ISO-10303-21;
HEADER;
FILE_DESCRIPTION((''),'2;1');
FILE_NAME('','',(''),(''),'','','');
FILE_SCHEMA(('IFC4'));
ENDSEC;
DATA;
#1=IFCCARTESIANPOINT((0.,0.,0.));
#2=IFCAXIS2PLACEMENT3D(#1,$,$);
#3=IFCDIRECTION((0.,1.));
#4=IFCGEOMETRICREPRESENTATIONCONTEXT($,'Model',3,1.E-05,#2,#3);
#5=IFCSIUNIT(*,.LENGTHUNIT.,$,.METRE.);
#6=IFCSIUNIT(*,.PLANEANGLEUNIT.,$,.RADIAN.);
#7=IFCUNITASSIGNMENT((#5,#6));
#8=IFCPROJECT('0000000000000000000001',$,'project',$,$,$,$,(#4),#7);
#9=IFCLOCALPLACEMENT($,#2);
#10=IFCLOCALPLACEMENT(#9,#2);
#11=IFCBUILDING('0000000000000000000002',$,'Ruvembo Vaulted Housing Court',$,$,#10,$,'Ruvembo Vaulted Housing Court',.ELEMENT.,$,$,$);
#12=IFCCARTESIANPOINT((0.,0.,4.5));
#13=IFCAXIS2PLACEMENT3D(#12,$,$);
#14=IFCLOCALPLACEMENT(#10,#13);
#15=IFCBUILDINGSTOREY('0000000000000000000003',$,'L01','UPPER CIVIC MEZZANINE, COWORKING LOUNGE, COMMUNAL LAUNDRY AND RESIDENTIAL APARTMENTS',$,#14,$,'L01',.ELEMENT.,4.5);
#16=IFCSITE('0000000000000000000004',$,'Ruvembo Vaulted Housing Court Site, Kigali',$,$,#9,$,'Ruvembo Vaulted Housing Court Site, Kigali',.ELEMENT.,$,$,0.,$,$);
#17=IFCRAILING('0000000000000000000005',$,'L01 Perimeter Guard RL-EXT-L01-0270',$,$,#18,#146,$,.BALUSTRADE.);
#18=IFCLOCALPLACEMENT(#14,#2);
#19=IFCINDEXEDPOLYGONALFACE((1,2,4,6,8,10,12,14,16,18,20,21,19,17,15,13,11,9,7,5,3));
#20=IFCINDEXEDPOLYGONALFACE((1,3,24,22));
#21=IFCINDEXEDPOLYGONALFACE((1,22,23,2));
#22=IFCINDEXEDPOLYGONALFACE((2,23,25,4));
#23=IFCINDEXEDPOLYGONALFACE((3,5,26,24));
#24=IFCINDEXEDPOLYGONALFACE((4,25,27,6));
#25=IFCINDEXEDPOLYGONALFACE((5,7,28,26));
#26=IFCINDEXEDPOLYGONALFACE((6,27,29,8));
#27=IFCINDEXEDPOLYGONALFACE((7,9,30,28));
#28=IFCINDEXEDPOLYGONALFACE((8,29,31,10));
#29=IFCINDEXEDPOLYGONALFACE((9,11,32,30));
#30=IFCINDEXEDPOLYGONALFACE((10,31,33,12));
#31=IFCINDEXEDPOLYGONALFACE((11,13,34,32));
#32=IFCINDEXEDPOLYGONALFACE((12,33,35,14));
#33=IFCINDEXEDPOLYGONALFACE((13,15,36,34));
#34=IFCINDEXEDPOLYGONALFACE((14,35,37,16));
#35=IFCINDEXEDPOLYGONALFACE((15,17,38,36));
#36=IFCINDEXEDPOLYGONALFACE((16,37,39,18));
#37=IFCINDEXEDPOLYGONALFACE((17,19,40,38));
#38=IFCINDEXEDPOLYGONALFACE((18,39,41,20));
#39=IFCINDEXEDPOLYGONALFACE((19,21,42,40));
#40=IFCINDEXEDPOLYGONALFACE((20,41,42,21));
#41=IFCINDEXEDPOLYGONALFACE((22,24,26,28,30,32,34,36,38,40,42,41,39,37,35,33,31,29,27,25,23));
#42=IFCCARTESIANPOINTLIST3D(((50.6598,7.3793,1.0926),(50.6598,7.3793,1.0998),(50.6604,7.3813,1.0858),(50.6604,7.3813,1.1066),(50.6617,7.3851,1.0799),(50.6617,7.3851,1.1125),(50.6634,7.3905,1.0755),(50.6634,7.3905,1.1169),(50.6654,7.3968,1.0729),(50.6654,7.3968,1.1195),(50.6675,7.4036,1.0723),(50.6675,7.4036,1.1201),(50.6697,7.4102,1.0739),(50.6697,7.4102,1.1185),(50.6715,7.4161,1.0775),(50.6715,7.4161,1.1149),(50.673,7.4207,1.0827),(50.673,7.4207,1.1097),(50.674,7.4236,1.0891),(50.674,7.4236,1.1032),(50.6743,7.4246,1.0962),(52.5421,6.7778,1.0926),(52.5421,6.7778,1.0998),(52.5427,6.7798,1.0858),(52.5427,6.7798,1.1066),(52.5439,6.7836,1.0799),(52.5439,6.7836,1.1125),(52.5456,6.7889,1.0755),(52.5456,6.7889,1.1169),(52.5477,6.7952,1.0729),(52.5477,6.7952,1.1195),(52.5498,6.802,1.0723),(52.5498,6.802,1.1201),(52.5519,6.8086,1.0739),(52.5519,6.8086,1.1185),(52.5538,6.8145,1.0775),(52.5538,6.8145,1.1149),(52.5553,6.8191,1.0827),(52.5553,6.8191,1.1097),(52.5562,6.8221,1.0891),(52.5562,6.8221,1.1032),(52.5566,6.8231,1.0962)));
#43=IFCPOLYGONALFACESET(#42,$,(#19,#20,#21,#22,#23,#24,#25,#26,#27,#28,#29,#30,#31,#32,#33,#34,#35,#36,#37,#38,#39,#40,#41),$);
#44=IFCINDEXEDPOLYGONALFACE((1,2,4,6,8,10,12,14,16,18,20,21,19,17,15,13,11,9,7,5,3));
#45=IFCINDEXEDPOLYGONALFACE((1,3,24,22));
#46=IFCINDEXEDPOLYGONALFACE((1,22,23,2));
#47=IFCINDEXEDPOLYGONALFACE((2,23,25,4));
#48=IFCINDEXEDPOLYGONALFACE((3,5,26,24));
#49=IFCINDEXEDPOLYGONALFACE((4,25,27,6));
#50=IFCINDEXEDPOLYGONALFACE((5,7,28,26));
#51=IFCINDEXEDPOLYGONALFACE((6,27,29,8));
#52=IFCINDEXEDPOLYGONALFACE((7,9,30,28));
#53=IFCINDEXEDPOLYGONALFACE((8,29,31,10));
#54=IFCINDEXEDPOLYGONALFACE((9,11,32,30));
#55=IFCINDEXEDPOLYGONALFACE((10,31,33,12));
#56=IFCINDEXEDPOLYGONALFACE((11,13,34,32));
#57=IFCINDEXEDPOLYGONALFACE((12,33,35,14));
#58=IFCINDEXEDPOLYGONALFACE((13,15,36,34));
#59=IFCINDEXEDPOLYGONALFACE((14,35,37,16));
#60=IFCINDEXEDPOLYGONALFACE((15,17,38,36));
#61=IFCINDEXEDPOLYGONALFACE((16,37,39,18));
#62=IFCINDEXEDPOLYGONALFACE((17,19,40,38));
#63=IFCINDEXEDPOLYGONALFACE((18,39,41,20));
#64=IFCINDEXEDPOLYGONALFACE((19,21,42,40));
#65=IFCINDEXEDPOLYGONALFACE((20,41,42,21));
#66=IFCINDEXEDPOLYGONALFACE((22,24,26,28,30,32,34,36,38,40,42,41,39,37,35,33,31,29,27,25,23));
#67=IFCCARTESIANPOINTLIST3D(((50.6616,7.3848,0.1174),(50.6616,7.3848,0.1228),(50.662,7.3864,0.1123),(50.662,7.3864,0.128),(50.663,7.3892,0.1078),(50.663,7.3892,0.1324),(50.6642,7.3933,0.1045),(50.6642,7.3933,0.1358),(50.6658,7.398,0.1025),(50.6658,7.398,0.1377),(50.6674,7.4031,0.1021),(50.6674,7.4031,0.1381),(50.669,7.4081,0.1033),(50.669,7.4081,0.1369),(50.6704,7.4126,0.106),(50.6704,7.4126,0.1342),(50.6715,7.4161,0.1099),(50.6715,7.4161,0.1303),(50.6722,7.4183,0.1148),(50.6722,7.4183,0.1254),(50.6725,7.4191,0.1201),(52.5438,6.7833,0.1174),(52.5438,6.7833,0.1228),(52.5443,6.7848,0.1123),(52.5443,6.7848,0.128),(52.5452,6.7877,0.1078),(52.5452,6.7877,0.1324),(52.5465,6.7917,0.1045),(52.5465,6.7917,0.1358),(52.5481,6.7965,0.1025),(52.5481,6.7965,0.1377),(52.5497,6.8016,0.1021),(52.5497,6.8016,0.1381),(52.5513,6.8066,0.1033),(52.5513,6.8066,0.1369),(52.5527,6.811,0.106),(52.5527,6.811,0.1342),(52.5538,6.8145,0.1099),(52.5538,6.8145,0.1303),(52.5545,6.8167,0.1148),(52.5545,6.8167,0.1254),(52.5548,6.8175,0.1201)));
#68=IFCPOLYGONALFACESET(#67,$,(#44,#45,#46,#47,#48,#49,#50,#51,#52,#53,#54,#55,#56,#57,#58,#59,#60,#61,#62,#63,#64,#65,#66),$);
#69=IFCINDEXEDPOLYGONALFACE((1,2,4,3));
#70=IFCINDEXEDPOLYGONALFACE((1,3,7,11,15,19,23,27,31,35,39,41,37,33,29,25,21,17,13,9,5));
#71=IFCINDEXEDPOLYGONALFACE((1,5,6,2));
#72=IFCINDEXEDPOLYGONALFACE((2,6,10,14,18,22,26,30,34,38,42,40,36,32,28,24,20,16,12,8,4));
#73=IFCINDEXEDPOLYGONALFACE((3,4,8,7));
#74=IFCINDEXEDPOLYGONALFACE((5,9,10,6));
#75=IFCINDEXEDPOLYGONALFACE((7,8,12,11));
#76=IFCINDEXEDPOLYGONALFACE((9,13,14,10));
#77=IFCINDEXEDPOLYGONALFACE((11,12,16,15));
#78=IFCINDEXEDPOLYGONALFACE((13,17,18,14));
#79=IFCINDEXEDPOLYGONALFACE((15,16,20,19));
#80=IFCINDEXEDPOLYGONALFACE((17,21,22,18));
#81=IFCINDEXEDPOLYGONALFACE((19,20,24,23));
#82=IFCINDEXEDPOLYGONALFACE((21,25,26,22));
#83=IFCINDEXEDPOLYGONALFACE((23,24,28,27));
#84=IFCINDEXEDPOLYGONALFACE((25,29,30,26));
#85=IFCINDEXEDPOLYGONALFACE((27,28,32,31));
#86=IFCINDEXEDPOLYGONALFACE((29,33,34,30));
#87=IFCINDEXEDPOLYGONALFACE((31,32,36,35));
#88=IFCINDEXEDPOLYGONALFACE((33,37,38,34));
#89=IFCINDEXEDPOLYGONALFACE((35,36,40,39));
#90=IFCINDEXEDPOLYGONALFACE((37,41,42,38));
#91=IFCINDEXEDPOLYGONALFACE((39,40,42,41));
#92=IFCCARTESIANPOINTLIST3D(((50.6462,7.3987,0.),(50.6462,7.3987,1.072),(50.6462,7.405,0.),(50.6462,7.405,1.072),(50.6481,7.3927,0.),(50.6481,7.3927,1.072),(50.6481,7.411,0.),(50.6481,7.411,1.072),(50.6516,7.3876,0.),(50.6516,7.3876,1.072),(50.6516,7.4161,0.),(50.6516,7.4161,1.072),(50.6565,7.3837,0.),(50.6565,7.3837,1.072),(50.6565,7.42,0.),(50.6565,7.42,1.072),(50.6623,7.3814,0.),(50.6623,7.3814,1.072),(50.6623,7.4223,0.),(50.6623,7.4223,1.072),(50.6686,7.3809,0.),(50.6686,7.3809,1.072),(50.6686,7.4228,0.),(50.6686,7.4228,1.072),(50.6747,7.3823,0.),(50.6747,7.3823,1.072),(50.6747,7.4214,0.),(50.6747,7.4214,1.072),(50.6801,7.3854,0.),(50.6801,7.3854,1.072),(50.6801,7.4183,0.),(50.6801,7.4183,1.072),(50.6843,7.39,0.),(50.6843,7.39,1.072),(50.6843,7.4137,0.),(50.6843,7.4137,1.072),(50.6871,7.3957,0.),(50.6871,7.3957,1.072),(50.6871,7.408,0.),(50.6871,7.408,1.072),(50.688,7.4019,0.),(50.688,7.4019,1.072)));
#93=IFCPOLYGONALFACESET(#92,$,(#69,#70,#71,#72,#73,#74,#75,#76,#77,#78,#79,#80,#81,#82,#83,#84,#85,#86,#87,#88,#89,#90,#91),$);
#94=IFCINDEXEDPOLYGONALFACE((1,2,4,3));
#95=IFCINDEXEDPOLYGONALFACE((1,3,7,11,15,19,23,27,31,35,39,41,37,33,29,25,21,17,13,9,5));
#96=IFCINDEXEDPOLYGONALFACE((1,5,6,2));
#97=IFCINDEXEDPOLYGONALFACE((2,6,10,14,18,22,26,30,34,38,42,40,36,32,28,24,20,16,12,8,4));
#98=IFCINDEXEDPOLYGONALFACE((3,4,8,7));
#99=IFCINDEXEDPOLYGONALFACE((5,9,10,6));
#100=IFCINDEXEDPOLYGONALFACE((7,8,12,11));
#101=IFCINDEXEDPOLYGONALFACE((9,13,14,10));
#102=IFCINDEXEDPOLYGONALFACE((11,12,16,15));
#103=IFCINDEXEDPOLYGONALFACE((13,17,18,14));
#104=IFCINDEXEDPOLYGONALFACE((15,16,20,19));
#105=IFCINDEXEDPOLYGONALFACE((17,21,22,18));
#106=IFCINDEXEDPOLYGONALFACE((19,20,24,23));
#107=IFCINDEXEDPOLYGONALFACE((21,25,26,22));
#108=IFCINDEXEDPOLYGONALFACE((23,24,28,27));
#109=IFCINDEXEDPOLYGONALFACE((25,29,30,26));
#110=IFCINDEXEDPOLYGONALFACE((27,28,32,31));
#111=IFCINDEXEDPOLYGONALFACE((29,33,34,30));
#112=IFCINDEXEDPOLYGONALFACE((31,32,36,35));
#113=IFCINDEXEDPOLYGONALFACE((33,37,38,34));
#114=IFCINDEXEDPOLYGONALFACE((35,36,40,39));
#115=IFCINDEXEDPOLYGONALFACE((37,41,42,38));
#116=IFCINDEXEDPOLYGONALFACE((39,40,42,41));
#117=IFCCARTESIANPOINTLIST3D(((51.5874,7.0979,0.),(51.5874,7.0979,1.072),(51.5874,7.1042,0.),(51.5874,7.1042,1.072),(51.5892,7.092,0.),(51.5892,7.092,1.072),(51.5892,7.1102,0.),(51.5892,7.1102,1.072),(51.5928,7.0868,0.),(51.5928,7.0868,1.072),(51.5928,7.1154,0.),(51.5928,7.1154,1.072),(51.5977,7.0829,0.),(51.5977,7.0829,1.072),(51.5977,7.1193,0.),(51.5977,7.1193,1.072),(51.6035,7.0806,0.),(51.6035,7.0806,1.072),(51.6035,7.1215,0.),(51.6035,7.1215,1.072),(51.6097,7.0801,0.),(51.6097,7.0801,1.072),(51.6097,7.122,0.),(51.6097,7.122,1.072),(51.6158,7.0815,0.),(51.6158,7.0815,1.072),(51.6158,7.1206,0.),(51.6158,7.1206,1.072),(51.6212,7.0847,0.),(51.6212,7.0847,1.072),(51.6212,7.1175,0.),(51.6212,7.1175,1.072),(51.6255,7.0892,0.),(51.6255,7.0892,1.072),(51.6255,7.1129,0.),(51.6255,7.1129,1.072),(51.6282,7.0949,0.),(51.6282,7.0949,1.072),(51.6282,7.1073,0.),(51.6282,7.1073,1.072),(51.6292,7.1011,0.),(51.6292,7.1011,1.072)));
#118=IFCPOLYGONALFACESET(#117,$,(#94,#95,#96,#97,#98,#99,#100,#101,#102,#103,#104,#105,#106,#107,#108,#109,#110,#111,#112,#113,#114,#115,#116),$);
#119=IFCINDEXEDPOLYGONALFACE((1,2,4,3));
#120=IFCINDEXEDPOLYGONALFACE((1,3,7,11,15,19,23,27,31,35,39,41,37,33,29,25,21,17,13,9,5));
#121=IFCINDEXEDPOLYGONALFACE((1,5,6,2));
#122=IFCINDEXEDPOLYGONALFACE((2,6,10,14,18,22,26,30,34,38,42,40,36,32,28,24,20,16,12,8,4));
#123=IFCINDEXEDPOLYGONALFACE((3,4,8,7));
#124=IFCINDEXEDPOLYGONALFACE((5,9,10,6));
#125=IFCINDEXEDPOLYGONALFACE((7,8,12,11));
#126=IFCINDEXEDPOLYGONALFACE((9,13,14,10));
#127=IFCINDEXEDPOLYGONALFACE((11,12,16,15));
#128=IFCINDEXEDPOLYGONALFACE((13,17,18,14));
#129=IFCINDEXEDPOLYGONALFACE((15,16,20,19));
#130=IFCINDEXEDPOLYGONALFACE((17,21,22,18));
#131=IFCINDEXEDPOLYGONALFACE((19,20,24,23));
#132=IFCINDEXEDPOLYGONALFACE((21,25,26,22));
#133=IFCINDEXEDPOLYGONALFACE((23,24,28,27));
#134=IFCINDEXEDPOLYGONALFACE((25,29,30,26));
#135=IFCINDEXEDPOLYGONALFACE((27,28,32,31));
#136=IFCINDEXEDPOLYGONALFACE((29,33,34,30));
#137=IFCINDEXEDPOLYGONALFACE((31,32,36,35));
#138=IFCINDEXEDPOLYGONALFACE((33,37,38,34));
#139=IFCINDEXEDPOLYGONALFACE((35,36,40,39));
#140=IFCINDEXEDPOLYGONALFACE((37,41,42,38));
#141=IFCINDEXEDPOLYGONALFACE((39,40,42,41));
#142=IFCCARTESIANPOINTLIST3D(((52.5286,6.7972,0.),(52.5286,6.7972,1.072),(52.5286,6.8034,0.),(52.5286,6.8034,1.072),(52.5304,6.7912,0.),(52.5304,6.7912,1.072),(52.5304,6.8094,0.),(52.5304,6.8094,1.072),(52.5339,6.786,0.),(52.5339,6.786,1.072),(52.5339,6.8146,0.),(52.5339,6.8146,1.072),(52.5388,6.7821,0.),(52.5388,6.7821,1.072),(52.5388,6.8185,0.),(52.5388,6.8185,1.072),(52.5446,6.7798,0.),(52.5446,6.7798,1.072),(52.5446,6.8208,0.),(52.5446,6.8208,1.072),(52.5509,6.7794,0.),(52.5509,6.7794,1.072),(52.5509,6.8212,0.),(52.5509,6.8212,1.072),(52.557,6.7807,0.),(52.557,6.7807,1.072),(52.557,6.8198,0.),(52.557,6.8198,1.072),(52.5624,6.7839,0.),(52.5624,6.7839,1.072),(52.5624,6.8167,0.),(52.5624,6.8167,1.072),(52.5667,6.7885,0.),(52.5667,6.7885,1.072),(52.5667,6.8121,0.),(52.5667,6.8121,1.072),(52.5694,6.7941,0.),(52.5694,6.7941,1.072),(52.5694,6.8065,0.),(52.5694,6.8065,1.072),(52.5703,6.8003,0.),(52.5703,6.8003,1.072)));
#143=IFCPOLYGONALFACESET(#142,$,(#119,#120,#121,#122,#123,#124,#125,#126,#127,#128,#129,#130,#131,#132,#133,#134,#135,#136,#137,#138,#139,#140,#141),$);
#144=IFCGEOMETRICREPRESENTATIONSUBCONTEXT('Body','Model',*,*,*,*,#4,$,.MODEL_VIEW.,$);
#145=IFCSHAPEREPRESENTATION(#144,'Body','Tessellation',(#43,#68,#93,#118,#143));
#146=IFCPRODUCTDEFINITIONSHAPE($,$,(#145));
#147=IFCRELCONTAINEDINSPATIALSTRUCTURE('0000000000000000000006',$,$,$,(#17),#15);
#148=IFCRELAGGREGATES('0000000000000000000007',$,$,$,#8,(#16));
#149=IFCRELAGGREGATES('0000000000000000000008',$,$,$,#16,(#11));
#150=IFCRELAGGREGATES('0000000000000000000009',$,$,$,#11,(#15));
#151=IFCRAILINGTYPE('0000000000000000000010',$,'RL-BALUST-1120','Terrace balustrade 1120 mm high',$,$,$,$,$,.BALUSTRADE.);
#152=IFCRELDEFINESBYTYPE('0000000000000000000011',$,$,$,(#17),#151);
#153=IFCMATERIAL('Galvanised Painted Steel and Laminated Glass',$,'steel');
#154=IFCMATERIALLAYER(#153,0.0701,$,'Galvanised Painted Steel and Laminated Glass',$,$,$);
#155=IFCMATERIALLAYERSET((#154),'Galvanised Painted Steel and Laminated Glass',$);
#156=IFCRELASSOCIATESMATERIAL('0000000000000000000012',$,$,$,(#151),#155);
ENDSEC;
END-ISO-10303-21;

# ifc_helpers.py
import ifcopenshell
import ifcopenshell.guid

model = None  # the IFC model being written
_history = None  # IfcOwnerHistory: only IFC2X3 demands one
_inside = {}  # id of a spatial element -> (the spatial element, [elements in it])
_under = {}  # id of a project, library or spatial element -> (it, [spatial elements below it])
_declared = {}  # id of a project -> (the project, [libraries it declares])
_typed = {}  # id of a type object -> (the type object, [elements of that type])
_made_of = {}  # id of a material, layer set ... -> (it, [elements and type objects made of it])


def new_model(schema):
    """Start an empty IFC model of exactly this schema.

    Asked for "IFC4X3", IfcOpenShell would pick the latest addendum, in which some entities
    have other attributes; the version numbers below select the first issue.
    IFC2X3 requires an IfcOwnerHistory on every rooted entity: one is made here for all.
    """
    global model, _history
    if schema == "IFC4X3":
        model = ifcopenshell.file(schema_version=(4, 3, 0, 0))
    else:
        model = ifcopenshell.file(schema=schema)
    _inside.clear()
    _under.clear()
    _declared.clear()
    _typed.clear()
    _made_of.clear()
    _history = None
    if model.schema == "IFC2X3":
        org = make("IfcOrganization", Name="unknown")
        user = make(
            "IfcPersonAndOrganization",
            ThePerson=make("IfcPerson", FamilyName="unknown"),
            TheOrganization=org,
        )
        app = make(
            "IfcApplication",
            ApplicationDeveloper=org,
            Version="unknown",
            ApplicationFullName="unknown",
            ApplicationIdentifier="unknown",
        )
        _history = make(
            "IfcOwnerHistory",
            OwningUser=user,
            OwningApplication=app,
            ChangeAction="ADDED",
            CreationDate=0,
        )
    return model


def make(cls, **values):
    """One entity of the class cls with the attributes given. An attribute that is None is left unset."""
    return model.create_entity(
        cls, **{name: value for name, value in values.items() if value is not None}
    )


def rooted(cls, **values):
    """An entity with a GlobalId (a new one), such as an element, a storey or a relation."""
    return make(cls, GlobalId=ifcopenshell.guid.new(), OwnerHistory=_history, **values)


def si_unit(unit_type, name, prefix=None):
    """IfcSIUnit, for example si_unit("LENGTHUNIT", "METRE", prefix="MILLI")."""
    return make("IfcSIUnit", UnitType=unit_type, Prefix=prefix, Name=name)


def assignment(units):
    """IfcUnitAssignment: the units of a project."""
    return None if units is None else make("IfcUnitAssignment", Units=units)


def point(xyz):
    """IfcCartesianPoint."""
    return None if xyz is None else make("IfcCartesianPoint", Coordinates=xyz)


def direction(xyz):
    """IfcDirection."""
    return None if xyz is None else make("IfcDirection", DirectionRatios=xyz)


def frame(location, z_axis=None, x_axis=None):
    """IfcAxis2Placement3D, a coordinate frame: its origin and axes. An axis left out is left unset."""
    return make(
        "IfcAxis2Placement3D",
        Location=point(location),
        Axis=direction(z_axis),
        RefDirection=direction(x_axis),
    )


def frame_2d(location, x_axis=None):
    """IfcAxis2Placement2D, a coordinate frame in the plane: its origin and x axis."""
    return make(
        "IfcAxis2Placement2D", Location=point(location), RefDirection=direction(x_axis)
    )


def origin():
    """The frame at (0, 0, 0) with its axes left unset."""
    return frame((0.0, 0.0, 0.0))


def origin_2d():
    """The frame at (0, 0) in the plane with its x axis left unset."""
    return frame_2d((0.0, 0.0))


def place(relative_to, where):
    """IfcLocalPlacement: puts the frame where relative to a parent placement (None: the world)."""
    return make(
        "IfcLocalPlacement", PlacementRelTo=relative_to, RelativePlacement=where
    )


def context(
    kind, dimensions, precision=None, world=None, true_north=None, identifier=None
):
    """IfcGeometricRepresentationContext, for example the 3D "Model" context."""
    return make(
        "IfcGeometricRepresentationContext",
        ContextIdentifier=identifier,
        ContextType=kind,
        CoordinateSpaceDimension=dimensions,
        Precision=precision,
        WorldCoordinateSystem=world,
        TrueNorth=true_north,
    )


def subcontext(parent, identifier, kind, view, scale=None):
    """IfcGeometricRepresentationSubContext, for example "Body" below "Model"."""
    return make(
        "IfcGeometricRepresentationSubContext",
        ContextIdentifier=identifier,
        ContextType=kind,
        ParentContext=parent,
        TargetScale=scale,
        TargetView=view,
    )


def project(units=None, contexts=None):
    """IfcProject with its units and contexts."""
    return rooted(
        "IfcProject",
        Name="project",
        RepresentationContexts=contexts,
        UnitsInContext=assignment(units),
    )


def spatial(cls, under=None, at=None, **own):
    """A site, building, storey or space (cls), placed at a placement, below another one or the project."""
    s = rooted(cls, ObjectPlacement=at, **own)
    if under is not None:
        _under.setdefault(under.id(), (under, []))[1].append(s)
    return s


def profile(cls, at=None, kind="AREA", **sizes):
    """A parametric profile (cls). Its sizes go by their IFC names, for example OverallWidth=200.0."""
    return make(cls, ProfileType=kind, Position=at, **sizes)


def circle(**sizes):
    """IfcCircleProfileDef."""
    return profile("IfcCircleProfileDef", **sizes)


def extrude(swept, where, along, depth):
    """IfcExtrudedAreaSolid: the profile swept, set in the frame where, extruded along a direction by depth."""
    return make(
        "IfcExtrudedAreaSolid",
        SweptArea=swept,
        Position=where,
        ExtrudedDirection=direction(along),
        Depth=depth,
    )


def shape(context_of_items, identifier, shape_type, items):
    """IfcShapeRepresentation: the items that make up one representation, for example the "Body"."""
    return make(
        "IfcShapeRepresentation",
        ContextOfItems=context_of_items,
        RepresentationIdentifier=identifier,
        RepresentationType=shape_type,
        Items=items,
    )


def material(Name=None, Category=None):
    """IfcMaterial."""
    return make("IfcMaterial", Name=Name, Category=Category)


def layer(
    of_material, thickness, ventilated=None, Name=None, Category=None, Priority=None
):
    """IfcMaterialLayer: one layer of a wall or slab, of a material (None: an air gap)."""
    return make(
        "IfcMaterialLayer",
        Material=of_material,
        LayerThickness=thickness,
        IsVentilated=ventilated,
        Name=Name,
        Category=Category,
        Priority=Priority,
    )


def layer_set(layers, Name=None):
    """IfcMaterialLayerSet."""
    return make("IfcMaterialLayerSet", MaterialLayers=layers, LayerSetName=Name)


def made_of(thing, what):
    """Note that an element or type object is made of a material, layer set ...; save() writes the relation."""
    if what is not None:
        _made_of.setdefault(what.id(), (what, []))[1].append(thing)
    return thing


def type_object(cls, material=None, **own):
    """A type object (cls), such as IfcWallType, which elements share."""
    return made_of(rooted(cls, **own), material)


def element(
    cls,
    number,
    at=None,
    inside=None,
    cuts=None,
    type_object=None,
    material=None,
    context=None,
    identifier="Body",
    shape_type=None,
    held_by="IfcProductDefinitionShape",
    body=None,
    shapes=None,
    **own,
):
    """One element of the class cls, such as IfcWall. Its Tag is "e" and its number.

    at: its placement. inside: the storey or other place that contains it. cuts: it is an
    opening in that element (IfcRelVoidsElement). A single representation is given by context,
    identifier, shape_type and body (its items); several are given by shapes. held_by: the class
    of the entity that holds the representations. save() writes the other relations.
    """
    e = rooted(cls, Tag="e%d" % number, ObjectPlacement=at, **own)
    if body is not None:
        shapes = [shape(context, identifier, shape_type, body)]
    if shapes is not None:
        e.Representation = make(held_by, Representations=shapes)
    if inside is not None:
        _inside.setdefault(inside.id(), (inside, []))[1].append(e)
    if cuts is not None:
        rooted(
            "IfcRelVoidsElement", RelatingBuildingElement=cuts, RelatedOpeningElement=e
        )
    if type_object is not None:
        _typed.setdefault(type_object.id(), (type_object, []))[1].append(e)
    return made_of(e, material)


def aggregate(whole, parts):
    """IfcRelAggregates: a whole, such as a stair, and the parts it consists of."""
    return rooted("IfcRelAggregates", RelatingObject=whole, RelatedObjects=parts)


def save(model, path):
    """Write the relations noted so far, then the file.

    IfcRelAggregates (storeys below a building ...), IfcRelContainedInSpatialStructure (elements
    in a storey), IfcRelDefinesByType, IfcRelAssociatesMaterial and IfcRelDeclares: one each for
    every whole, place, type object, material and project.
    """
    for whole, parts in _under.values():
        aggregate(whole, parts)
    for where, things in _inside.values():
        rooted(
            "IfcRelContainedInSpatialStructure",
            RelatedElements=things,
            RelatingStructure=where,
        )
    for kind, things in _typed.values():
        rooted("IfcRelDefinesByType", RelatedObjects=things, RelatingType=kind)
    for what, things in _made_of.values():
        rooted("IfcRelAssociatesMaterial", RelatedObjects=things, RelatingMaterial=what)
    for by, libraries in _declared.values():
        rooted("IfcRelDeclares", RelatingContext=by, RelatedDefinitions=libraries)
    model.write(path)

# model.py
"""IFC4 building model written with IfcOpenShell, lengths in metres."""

from ifc_helpers import new_model, si_unit, direction, frame, origin, origin_2d, place, context, subcontext, project, spatial, circle, extrude, material, layer, layer_set, type_object, element, save


model = new_model("IFC4")

# Units and contexts
model_context = context("Model", 3, precision=1e-05, world=origin(), true_north=direction((0.0, 1.0)))
body_context = subcontext(model_context, "Body", "Model", "MODEL_VIEW")
ifc_project = project(units=[si_unit("LENGTHUNIT", "METRE"), si_unit("PLANEANGLEUNIT", "RADIAN")], contexts=[model_context])

# Site, building, storey
site_placement = place(None, origin())
site = spatial("IfcSite", under=ifc_project, at=site_placement, Name="Ruvembo Vaulted Housing Court Site, Kigali", LongName="Ruvembo Vaulted Housing Court Site, Kigali", CompositionType="ELEMENT", RefElevation=0.0)
building_placement = place(site_placement, origin())
building = spatial("IfcBuilding", under=site, at=building_placement, Name="Ruvembo Vaulted Housing Court", LongName="Ruvembo Vaulted Housing Court", CompositionType="ELEMENT")
storey_placement = place(building_placement, frame((0.0, 0.0, 4.5)))
storey = spatial("IfcBuildingStorey", under=building, at=storey_placement, Name="L01", Description="UPPER CIVIC MEZZANINE, COWORKING LOUNGE, COMMUNAL LAUNDRY AND RESIDENTIAL APARTMENTS", LongName="L01", CompositionType="ELEMENT", Elevation=4.5)

# Railing
ifc_material_1 = material(Name="Galvanised Painted Steel and Laminated Glass", Category="steel")
ifc_layer_1 = layer(ifc_material_1, 0.0701, Name="Galvanised Painted Steel and Laminated Glass")
ifc_layer_set_1 = layer_set([ifc_layer_1], Name="Galvanised Painted Steel and Laminated Glass")
railing_type = type_object("IfcRailingType", Name="RL-BALUST-1120", Description="Terrace balustrade 1120 mm high", PredefinedType="BALUSTRADE", material=ifc_layer_set_1)
railing_1_placement = place(storey_placement, frame((50.667, 7.4019, 0.0)))
element("IfcRailing", 1, at=railing_1_placement, inside=storey, type_object=railing_type, Name="L01 Perimeter Guard RL-EXT-L01-0270", PredefinedType="BALUSTRADE", context=body_context, shape_type="SweptSolid", body=[
    extrude(circle(Radius=0.0239, at=origin_2d()), frame((0.0, 0.0, 1.0962), z_axis=(0.952539, -0.304417, 0.0), x_axis=(0.304417, 0.952539, 0.0)), (0.0, 0.0, 1.0), 1.9761),
    extrude(circle(Radius=0.0181, at=origin_2d()), frame((0.0, 0.0, 0.1201), z_axis=(0.952539, -0.304417, 0.0), x_axis=(0.304417, 0.952539, 0.0)), (0.0, 0.0, 1.0), 1.9761),
    extrude(circle(Radius=0.021, at=origin_2d()), origin(), (0.0, 0.0, 1.0), 1.072),
    extrude(circle(Radius=0.021, at=origin_2d()), frame((0.9412, -0.3008, 0.0)), (0.0, 0.0, 1.0), 1.072),
    extrude(circle(Radius=0.021, at=origin_2d()), frame((1.8823, -0.6016, 0.0)), (0.0, 0.0, 1.0), 1.072),
])

save(model, "model.ifc")
